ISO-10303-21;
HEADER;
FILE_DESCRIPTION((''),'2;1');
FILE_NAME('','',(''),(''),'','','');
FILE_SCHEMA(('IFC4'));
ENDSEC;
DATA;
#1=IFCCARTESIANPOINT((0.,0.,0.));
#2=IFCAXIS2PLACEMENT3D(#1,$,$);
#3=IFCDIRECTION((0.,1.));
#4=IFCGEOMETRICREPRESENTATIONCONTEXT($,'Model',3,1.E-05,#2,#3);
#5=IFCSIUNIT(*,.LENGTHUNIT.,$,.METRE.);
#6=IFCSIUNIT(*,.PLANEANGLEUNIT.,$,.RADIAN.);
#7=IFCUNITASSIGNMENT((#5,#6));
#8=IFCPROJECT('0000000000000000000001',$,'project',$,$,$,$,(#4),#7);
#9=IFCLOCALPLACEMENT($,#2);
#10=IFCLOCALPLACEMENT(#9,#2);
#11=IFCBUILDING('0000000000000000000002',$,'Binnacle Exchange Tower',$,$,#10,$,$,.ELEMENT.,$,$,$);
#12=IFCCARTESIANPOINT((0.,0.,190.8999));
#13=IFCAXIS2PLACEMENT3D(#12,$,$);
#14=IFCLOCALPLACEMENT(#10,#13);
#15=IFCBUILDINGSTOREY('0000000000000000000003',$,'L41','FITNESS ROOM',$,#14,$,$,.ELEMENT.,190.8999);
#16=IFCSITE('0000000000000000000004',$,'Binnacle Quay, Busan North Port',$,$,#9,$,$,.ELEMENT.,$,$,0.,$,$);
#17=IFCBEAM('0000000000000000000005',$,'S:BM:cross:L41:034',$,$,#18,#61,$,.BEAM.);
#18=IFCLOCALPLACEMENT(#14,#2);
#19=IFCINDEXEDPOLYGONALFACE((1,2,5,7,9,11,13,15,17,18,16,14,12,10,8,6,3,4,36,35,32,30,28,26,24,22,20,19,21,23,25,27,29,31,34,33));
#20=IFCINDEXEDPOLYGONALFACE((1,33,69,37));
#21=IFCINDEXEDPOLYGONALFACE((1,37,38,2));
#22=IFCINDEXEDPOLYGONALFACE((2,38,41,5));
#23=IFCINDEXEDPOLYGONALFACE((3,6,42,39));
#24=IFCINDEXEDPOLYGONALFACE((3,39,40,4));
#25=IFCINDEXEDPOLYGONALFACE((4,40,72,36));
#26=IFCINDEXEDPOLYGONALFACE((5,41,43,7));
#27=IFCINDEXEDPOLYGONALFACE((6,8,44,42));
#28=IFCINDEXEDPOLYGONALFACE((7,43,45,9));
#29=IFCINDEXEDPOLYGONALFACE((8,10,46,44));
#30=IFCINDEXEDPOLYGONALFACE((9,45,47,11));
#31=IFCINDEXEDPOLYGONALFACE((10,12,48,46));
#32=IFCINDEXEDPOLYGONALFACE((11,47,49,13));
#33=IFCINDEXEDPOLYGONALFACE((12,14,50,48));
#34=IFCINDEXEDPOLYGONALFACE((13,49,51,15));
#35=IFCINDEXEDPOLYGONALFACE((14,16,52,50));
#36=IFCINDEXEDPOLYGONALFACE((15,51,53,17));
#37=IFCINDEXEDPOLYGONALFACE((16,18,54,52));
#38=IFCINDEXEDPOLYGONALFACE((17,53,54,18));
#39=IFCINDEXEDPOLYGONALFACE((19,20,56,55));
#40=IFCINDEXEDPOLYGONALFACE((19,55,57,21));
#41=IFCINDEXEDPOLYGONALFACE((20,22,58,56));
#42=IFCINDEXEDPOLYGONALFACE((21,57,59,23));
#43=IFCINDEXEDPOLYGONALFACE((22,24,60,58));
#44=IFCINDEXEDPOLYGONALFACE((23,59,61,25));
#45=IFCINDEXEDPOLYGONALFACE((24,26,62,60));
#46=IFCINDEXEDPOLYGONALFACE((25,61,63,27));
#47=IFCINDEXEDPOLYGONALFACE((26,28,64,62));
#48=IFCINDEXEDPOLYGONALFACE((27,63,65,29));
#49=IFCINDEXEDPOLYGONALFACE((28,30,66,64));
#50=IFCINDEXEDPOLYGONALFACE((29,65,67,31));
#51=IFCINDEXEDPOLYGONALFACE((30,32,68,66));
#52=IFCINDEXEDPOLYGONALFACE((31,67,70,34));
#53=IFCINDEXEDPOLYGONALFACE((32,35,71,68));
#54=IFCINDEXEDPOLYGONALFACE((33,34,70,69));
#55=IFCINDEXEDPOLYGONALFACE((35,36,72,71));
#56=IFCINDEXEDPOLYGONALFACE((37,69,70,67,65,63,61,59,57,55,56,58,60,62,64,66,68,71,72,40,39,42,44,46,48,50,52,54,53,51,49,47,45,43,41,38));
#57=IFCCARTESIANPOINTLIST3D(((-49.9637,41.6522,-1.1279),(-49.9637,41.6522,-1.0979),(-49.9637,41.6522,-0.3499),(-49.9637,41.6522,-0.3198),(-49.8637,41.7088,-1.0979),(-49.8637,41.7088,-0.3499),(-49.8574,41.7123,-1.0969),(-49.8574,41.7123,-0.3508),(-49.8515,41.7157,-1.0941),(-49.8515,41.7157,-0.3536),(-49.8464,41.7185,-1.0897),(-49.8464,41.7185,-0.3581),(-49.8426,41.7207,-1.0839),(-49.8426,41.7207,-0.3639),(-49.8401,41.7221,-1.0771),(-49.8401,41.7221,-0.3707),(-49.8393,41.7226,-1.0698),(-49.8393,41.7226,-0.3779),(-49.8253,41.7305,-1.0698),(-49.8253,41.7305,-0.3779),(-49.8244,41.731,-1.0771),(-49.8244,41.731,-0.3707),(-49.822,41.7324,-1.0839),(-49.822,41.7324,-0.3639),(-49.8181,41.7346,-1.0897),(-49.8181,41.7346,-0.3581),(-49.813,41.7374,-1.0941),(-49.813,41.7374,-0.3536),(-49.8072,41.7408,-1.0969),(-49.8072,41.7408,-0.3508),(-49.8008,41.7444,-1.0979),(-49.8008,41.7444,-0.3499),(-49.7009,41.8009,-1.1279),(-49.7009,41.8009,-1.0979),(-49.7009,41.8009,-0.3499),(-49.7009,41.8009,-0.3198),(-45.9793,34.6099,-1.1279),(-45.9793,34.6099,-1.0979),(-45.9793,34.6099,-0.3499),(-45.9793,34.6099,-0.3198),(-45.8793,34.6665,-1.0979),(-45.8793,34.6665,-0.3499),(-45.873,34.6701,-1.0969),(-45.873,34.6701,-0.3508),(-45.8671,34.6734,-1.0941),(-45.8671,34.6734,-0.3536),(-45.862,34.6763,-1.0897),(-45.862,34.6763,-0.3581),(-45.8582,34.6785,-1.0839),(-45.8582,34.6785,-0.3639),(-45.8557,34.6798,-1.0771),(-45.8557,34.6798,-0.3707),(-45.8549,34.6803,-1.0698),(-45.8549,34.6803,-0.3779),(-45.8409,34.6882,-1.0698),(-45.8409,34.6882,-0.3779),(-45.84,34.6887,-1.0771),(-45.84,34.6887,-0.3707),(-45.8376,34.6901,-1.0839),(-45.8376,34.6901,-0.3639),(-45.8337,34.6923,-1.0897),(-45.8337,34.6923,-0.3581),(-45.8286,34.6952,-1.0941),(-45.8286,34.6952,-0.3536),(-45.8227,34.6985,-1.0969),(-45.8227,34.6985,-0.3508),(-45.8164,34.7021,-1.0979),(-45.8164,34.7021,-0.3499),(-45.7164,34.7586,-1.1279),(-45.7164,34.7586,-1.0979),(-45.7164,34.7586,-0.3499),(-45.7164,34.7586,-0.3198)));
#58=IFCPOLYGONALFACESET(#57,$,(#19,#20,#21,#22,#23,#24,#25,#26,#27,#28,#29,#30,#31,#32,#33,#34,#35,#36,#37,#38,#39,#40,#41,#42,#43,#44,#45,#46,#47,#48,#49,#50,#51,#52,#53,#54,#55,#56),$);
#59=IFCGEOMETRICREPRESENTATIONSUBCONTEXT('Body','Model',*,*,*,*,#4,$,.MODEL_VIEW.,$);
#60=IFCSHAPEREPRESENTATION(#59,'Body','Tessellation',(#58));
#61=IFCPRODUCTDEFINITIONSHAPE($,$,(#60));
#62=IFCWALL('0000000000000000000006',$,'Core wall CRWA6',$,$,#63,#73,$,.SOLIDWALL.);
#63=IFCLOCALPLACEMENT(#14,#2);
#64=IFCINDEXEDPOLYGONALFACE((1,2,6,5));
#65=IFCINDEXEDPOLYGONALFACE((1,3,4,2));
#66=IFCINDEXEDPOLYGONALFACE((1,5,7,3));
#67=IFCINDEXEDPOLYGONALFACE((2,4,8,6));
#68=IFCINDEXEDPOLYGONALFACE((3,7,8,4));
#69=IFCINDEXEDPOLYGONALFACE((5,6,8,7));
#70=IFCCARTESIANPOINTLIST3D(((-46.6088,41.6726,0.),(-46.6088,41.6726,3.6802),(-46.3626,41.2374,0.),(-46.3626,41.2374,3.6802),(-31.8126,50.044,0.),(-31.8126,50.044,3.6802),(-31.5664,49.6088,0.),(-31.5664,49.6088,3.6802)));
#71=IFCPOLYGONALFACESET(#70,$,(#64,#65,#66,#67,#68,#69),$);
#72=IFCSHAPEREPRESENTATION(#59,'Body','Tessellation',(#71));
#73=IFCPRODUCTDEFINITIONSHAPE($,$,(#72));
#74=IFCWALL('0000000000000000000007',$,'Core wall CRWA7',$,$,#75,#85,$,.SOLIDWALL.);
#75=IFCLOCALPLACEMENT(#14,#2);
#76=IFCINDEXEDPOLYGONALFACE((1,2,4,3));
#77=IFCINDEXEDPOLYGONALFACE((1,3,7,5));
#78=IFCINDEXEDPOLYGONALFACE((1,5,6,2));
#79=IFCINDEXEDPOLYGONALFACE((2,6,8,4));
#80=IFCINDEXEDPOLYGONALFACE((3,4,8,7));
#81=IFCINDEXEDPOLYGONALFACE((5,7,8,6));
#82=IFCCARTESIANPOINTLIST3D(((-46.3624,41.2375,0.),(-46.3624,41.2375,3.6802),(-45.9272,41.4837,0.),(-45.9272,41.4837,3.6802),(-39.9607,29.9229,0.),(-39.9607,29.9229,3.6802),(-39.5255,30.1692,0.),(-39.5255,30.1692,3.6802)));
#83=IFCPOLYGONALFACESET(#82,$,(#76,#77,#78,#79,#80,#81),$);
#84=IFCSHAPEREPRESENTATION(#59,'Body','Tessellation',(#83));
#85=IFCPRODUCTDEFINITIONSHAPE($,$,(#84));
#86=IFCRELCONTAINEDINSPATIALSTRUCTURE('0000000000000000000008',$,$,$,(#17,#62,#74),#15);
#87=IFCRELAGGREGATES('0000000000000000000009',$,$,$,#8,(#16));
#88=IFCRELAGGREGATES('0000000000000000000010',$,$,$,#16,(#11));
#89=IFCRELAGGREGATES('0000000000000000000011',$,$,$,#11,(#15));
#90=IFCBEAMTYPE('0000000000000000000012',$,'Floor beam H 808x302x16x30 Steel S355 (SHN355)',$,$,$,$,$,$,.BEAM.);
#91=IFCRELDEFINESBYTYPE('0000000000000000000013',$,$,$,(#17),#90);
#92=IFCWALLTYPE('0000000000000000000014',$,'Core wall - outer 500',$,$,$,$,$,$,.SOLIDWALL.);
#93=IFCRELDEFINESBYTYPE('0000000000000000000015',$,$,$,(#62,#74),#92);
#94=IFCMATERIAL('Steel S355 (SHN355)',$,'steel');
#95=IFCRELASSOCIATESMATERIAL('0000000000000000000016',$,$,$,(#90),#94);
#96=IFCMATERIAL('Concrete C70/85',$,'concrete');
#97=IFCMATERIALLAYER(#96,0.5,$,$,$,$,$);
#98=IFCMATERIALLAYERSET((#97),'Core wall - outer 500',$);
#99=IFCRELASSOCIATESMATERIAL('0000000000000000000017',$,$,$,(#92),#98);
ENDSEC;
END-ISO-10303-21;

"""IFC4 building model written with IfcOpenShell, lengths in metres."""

from ifc_helpers import new_model, si_unit, direction, frame, frame_2d, origin, origin_2d, place, context, subcontext, project, spatial, rectangle, i_section, extrude, material, layer, layer_set, material_profile, profile_set, type_object, element, save


model = new_model("IFC4")

# Units and contexts
model_context = context("Model", 3, precision=1e-05, world=origin(), true_north=direction((0.0, 1.0)))
body_context = subcontext(model_context, "Body", "Model", "MODEL_VIEW")
ifc_project = project(units=[si_unit("LENGTHUNIT", "METRE"), si_unit("PLANEANGLEUNIT", "RADIAN")], contexts=[model_context])

# Site, building, storey
site_placement = place(None, origin())
site = spatial("IfcSite", under=ifc_project, at=site_placement, Name="Binnacle Quay, Busan North Port", CompositionType="ELEMENT", RefElevation=0.0)
building_placement = place(site_placement, origin())
building = spatial("IfcBuilding", under=site, at=building_placement, Name="Binnacle Exchange Tower", CompositionType="ELEMENT")
storey_placement = place(building_placement, frame((0.0, 0.0, 190.8999)))
storey = spatial("IfcBuildingStorey", under=building, at=storey_placement, Name="L41", Description="FITNESS ROOM", CompositionType="ELEMENT", Elevation=190.8999)

# Shared definitions
ifc_material_1 = material(Name="Concrete C70/85", Category="concrete")

# Beam
ifc_material_2 = material(Name="Steel S355 (SHN355)", Category="steel")
ifc_material_profile_1 = material_profile(ifc_material_2, i_section(OverallWidth=0.302, OverallDepth=0.8081, WebThickness=0.0161, FlangeThickness=0.03, FilletRadius=0.0281, at=origin_2d()), Name="H 808x302x16x30")
ifc_profile_set_1 = profile_set([ifc_material_profile_1], Name="Steel S355 (SHN355)")
beam_type_1 = type_object("IfcBeamType", Name="Floor beam H 808x302x16x30 Steel S355 (SHN355)", PredefinedType="BEAM", material=ifc_profile_set_1)
beam_1_placement = place(storey_placement, frame((-49.8323, 41.7266, -0.7239), z_axis=(0.49243, -0.870352, 0.0), x_axis=(0.870352, 0.49243, 0.0)))
element("IfcBeam", 1, at=beam_1_placement, inside=storey, type_object=beam_type_1, Name="S:BM:cross:L41:034", PredefinedType="BEAM", context=body_context, shape_type="SweptSolid", body=[
    extrude(i_section(OverallWidth=0.302, OverallDepth=0.8081, WebThickness=0.0161, FlangeThickness=0.03, FilletRadius=0.0281, at=origin_2d()), origin(), (0.0, 0.0, 1.0), 8.0913),
])

# Walls
ifc_layer_1 = layer(ifc_material_1, 0.5)
ifc_layer_set_1 = layer_set([ifc_layer_1], Name="Core wall - outer 500")
wall_type_1 = type_object("IfcWallType", Name="Core wall - outer 500", PredefinedType="SOLIDWALL", material=ifc_layer_set_1)
wall_1_placement = place(storey_placement, frame((-46.4856, 41.4551, 0.0), z_axis=(0.0, 0.0, 1.0), x_axis=(0.870354, 0.492427, 0.0)))
element("IfcWall", 2, at=wall_1_placement, inside=storey, type_object=wall_type_1, Name="Core wall CRWA6", PredefinedType="SOLIDWALL", context=body_context, shape_type="SweptSolid", body=[
    extrude(rectangle(XDim=17.0002, YDim=0.5, at=frame_2d((8.5, 0.0))), origin(), (0.0, 0.0, 1.0), 3.6802),
])
wall_2_placement = place(storey_placement, frame((-46.1448, 41.3606, 0.0), z_axis=(0.0, 0.0, 1.0), x_axis=(0.492435, -0.870349, 0.0)))
element("IfcWall", 3, at=wall_2_placement, inside=storey, type_object=wall_type_1, Name="Core wall CRWA7", PredefinedType="SOLIDWALL", context=body_context, shape_type="SweptSolid", body=[
    extrude(rectangle(XDim=13.0, YDim=0.5, at=frame_2d((6.5, 0.0))), origin(), (0.0, 0.0, 1.0), 3.6802),
])

save(model, "model.ifc")
